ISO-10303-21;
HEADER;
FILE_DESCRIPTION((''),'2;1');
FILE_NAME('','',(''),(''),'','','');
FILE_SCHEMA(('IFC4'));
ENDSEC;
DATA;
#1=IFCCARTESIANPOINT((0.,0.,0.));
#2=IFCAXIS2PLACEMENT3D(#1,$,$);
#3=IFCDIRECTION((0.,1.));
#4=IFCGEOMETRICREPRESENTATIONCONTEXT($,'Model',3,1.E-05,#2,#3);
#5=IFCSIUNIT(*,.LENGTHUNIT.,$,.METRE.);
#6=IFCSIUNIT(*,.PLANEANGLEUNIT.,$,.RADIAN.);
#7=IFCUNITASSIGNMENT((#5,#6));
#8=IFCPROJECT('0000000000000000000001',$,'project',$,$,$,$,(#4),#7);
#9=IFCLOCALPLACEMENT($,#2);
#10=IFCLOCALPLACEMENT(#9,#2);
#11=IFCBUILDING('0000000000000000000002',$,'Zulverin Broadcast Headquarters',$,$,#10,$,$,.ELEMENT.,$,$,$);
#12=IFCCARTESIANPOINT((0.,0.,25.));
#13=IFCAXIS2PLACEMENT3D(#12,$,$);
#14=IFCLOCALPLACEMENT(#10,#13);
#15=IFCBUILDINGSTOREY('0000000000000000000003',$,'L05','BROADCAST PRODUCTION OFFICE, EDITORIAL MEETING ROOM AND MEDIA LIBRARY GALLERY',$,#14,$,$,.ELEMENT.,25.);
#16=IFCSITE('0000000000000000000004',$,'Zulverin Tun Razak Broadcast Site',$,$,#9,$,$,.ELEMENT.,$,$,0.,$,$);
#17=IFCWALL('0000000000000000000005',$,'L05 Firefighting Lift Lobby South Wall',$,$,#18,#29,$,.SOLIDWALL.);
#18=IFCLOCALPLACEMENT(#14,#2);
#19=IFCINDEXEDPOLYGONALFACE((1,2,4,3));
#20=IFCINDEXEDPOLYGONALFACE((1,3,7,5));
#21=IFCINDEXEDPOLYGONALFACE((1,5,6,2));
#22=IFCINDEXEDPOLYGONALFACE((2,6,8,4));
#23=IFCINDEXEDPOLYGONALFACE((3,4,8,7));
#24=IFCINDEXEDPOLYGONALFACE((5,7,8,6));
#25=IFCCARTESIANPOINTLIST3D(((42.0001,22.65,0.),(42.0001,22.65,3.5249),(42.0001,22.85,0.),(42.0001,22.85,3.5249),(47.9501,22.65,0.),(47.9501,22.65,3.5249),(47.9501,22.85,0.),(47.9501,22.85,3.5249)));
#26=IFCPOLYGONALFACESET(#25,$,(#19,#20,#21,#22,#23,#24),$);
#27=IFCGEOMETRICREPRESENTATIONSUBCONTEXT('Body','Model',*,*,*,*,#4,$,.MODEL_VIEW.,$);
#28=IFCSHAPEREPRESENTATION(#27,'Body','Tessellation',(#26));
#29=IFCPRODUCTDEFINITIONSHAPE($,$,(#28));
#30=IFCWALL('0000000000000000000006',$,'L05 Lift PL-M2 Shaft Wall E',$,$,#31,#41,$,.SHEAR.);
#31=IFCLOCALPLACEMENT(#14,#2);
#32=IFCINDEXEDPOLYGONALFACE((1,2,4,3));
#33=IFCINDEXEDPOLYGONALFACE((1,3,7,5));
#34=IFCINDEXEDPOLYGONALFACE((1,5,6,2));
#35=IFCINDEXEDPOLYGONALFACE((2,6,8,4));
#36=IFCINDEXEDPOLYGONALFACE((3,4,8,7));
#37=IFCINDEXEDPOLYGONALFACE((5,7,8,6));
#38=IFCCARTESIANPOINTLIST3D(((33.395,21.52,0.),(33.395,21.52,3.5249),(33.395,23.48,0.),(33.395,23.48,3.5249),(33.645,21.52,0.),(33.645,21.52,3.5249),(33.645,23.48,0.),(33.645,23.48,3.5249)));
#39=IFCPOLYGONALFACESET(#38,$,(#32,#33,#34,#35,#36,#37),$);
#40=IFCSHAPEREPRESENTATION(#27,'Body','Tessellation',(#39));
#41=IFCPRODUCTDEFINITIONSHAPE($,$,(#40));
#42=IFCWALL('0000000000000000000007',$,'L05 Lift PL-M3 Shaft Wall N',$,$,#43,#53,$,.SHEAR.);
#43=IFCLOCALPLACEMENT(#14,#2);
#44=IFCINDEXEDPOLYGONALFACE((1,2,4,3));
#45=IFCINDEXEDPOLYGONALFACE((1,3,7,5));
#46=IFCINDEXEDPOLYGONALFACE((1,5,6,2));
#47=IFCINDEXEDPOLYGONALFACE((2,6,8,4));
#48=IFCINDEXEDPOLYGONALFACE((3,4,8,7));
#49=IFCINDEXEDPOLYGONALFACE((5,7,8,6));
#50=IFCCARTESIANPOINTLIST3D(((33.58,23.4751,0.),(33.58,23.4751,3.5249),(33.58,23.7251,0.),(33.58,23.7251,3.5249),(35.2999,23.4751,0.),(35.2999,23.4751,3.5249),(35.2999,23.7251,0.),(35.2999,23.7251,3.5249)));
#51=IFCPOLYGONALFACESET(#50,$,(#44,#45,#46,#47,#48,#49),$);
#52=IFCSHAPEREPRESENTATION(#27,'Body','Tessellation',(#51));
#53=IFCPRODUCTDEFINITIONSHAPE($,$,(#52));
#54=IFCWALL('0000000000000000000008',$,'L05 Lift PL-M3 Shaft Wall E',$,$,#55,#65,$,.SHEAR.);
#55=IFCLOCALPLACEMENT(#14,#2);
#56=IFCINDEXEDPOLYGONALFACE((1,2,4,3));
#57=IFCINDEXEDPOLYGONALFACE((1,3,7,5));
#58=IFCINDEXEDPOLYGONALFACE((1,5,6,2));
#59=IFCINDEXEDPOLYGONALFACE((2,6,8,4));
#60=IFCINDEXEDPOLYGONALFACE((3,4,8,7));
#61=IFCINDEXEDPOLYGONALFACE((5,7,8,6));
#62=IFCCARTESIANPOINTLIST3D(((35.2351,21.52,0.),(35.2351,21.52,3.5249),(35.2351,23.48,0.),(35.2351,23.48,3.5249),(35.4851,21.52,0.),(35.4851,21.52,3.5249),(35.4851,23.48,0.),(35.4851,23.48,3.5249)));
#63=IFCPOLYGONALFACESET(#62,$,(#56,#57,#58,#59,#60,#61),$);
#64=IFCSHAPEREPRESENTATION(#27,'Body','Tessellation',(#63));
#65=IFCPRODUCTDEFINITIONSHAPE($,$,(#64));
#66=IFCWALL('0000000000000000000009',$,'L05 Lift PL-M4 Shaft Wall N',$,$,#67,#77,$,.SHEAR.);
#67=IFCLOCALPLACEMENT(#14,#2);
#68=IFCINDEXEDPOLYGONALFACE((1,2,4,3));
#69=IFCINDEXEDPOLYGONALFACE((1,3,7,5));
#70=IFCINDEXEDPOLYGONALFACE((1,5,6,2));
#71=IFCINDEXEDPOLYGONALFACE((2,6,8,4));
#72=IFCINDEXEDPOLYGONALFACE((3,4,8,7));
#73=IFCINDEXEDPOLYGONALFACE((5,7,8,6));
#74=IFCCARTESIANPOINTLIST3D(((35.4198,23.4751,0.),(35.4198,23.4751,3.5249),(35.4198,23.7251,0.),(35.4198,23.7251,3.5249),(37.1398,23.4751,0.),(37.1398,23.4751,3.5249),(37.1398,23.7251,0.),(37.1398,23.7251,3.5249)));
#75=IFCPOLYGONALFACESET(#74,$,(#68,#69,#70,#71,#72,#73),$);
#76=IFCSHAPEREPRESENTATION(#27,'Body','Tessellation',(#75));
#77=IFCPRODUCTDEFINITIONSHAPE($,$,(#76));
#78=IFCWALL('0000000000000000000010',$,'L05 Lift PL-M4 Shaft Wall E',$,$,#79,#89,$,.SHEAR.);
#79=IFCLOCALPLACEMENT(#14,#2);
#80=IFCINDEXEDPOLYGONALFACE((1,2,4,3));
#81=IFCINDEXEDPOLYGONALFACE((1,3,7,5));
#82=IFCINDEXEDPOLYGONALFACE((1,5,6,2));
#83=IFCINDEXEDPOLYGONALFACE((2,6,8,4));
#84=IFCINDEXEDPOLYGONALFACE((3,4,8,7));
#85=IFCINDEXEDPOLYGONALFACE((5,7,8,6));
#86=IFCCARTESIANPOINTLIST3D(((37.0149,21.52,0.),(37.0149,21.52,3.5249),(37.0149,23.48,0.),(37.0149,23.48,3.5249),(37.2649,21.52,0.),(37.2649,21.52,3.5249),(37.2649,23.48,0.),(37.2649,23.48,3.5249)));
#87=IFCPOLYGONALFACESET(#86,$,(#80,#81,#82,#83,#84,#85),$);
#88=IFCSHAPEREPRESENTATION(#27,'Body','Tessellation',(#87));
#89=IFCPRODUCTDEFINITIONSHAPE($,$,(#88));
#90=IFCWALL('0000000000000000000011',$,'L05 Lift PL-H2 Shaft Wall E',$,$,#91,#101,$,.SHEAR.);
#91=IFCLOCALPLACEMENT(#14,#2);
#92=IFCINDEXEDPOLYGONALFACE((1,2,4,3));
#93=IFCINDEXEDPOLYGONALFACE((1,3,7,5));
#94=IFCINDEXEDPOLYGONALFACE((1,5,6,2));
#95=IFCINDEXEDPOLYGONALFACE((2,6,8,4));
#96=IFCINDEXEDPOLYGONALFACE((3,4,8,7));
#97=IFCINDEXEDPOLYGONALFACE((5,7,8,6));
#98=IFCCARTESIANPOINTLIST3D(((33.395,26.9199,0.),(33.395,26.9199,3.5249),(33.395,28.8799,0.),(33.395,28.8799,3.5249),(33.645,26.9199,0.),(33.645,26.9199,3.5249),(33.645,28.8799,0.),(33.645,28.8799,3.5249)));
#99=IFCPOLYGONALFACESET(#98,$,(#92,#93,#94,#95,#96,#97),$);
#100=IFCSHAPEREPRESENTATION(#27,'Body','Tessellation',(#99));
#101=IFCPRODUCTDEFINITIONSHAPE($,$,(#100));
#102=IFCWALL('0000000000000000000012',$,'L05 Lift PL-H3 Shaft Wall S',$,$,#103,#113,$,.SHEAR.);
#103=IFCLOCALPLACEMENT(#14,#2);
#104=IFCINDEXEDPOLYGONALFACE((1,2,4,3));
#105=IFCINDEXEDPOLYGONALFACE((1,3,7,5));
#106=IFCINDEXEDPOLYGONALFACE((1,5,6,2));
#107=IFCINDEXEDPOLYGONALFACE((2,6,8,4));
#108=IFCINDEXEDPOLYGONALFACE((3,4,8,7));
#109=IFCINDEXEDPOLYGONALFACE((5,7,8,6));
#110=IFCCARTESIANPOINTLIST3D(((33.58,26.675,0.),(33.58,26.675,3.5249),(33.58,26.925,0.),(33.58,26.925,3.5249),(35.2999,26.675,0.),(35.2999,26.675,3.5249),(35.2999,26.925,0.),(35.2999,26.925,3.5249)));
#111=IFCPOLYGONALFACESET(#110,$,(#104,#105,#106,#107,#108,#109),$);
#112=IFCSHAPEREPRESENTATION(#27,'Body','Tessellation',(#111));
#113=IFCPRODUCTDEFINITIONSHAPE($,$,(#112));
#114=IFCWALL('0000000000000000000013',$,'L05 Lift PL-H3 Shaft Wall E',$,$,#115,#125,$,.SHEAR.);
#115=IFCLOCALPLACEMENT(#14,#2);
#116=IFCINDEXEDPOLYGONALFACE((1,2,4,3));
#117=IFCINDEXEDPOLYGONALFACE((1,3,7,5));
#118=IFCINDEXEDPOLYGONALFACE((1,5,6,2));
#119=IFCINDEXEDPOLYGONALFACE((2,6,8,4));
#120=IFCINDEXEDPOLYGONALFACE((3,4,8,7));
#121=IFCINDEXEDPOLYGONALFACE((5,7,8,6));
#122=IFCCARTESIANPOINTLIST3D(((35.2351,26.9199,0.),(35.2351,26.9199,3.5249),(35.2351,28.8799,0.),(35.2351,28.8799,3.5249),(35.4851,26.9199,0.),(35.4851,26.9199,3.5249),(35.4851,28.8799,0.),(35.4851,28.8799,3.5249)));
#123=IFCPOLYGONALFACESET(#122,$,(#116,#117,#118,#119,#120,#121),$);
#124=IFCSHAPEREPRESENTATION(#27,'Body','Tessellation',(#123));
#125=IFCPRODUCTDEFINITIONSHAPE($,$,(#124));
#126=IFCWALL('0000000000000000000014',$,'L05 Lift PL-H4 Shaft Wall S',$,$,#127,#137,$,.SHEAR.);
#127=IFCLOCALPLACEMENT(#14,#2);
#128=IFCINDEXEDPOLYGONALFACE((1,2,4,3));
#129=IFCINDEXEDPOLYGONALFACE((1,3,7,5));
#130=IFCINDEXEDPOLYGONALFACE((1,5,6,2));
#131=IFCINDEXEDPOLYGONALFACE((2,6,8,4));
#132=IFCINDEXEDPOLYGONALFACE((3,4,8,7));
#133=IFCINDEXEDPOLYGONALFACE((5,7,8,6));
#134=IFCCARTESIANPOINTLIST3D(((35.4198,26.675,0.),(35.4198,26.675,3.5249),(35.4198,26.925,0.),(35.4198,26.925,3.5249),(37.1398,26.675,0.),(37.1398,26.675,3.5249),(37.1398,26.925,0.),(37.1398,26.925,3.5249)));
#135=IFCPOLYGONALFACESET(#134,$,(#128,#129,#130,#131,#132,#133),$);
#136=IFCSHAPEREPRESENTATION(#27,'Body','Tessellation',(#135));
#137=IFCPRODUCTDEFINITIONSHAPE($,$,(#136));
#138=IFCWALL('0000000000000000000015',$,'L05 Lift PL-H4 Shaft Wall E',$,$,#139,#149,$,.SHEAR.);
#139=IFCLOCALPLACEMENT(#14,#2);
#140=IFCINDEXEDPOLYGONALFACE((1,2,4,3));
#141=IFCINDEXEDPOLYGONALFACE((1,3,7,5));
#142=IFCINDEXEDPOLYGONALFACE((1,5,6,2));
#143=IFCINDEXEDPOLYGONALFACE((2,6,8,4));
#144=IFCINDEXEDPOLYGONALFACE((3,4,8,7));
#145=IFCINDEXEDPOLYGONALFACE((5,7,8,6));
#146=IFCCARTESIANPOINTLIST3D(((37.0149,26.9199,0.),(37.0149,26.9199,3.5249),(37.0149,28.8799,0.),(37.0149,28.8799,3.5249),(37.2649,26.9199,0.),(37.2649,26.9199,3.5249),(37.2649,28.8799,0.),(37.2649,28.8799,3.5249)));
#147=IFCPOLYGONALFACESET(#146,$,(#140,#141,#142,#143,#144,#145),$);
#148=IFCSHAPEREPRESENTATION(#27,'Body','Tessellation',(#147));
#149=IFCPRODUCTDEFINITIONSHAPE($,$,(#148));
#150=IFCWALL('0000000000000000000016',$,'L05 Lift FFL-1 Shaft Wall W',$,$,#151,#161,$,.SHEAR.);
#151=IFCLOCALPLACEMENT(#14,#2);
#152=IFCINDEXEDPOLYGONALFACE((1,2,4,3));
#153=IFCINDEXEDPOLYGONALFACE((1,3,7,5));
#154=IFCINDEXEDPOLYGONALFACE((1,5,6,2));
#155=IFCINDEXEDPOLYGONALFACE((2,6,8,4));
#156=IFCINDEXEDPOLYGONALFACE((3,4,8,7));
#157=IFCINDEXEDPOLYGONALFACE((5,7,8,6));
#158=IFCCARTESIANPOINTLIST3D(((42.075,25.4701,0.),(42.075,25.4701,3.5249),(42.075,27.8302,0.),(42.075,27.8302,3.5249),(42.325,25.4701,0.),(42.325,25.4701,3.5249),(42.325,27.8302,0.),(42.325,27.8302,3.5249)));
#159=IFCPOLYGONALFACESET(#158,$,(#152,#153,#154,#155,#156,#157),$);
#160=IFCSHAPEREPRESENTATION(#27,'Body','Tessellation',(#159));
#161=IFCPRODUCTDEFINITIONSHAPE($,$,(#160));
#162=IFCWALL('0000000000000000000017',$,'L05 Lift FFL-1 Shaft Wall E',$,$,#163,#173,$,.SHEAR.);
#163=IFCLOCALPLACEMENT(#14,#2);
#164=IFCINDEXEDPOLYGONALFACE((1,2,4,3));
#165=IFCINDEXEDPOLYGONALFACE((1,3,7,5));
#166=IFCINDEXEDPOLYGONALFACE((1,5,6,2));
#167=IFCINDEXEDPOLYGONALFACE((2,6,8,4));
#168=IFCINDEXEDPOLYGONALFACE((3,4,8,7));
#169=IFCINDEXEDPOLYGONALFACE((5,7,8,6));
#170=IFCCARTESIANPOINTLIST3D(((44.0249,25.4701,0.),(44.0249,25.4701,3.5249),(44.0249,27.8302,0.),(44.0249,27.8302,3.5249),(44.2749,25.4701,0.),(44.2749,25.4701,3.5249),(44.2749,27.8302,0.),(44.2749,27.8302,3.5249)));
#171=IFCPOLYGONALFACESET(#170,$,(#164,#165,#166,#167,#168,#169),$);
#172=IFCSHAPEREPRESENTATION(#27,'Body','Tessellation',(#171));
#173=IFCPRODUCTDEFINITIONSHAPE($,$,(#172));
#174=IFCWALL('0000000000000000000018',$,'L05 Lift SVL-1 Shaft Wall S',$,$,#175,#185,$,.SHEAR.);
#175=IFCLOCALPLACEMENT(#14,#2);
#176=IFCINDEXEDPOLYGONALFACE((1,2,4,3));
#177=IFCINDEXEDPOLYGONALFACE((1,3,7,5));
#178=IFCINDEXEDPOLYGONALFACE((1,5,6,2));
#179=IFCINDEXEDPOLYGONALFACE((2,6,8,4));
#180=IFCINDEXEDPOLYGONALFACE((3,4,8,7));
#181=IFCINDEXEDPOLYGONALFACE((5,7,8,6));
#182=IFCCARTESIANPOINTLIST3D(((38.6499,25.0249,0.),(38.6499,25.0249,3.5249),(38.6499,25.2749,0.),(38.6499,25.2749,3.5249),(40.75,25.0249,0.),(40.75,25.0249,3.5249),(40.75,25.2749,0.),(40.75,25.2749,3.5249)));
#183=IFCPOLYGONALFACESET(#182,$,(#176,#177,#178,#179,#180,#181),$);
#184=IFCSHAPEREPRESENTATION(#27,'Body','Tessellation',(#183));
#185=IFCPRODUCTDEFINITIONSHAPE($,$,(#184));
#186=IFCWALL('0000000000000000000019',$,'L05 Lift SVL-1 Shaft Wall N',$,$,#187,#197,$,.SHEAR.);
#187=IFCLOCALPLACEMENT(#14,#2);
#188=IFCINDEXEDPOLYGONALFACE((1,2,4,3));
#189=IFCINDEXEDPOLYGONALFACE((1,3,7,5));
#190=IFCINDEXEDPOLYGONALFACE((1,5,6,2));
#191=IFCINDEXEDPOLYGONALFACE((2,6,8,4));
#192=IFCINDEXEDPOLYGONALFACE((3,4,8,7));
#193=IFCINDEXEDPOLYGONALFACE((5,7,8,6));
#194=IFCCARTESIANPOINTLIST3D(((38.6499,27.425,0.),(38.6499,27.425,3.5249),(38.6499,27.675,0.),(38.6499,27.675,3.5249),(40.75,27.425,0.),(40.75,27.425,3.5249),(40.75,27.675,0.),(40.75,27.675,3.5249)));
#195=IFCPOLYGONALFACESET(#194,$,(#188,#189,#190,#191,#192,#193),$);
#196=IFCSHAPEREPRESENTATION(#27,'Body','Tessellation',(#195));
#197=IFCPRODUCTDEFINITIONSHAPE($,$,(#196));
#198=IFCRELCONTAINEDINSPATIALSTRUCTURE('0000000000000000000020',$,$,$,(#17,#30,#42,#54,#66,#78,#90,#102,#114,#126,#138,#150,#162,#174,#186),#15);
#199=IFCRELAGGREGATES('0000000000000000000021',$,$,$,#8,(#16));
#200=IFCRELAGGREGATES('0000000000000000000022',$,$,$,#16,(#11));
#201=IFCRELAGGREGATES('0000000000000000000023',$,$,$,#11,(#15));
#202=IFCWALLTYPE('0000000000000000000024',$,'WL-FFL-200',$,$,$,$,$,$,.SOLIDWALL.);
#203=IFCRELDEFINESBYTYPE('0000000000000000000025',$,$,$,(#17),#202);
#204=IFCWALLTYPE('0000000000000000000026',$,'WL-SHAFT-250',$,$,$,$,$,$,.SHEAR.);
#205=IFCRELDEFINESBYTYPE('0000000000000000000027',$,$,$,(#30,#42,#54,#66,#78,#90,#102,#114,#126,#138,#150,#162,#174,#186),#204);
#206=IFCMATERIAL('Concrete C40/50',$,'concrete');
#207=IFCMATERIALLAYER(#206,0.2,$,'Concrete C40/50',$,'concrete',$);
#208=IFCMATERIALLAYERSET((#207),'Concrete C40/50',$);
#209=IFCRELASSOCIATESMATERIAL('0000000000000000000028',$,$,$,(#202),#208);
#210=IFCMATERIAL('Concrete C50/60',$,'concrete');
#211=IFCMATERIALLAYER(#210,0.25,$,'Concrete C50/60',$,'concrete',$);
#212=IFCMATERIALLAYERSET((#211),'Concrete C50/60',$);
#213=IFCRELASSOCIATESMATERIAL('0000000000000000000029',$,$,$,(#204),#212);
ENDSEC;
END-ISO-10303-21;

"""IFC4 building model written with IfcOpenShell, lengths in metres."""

from ifc_helpers import new_model, si_unit, direction, frame, frame_2d, origin, place, context, subcontext, project, spatial, rectangle, extrude, material, layer, layer_set, type_object, element, save


model = new_model("IFC4")

# Units and contexts
model_context = context("Model", 3, precision=1e-05, world=origin(), true_north=direction((0.0, 1.0)))
body_context = subcontext(model_context, "Body", "Model", "MODEL_VIEW")
ifc_project = project(units=[si_unit("LENGTHUNIT", "METRE"), si_unit("PLANEANGLEUNIT", "RADIAN")], contexts=[model_context])

# Site, building, storey
site_placement = place(None, origin())
site = spatial("IfcSite", under=ifc_project, at=site_placement, Name="Zulverin Tun Razak Broadcast Site", CompositionType="ELEMENT", RefElevation=0.0)
building_placement = place(site_placement, origin())
building = spatial("IfcBuilding", under=site, at=building_placement, Name="Zulverin Broadcast Headquarters", CompositionType="ELEMENT")
storey_placement = place(building_placement, frame((0.0, 0.0, 25.0)))
storey = spatial("IfcBuildingStorey", under=building, at=storey_placement, Name="L05", Description="BROADCAST PRODUCTION OFFICE, EDITORIAL MEETING ROOM AND MEDIA LIBRARY GALLERY", CompositionType="ELEMENT", Elevation=25.0)

# Shared definitions
ifc_material_1 = material(Name="Concrete C40/50", Category="concrete")
ifc_layer_1 = layer(ifc_material_1, 0.2, Name="Concrete C40/50", Category="concrete")
ifc_layer_set_1 = layer_set([ifc_layer_1], Name="Concrete C40/50")
wall_type_1 = type_object("IfcWallType", Name="WL-FFL-200", PredefinedType="SOLIDWALL", material=ifc_layer_set_1)

# Wall
wall_1_placement = place(storey_placement, frame((42.0, 22.75, 0.0), z_axis=(0.0, 0.0, 1.0), x_axis=(1.0, 0.0, 0.0)))
element("IfcWall", 1, at=wall_1_placement, inside=storey, type_object=wall_type_1, Name="L05 Firefighting Lift Lobby South Wall", PredefinedType="SOLIDWALL", context=body_context, shape_type="SweptSolid", body=[
    extrude(rectangle(XDim=5.95, YDim=0.2, at=frame_2d((2.9751, 0.0))), origin(), (0.0, 0.0, 1.0), 3.5249),
])

# Walls
ifc_material_2 = material(Name="Concrete C50/60", Category="concrete")
ifc_layer_2 = layer(ifc_material_2, 0.25, Name="Concrete C50/60", Category="concrete")
ifc_layer_set_2 = layer_set([ifc_layer_2], Name="Concrete C50/60")
wall_type_2 = type_object("IfcWallType", Name="WL-SHAFT-250", PredefinedType="SHEAR", material=ifc_layer_set_2)
wall_2_placement = place(storey_placement, frame((33.52, 21.52, 0.0), z_axis=(0.0, 0.0, 1.0), x_axis=(0.0, 1.0, 0.0)))
element("IfcWall", 2, at=wall_2_placement, inside=storey, type_object=wall_type_2, Name="L05 Lift PL-M2 Shaft Wall E", PredefinedType="SHEAR", context=body_context, shape_type="SweptSolid", body=[
    extrude(rectangle(XDim=1.96, YDim=0.25, at=frame_2d((0.98, 0.0))), origin(), (0.0, 0.0, 1.0), 3.5249),
])
wall_3_placement = place(storey_placement, frame((33.5801, 23.6001, 0.0), z_axis=(0.0, 0.0, 1.0), x_axis=(1.0, 0.0, 0.0)))
element("IfcWall", 3, at=wall_3_placement, inside=storey, type_object=wall_type_2, Name="L05 Lift PL-M3 Shaft Wall N", PredefinedType="SHEAR", context=body_context, shape_type="SweptSolid", body=[
    extrude(rectangle(XDim=1.72, YDim=0.25, at=frame_2d((0.8599, 0.0))), origin(), (0.0, 0.0, 1.0), 3.5249),
])
wall_4_placement = place(storey_placement, frame((35.3601, 21.52, 0.0), z_axis=(0.0, 0.0, 1.0), x_axis=(0.0, 1.0, 0.0)))
element("IfcWall", 4, at=wall_4_placement, inside=storey, type_object=wall_type_2, Name="L05 Lift PL-M3 Shaft Wall E", PredefinedType="SHEAR", context=body_context, shape_type="SweptSolid", body=[
    extrude(rectangle(XDim=1.96, YDim=0.25, at=frame_2d((0.98, 0.0))), origin(), (0.0, 0.0, 1.0), 3.5249),
])
wall_5_placement = place(storey_placement, frame((35.4199, 23.6001, 0.0), z_axis=(0.0, 0.0, 1.0), x_axis=(1.0, 0.0, 0.0)))
element("IfcWall", 5, at=wall_5_placement, inside=storey, type_object=wall_type_2, Name="L05 Lift PL-M4 Shaft Wall N", PredefinedType="SHEAR", context=body_context, shape_type="SweptSolid", body=[
    extrude(rectangle(XDim=1.72, YDim=0.25, at=frame_2d((0.8599, 0.0))), origin(), (0.0, 0.0, 1.0), 3.5249),
])
for number, where, z_axis, x_axis, name in (
    (6, (37.1399, 21.52, 0.0), (0.0, 0.0, 1.0), (0.0, 1.0, 0.0), "L05 Lift PL-M4 Shaft Wall E"),
    (7, (33.52, 26.9199, 0.0), (0.0, 0.0, 1.0), (0.0, 1.0, 0.0), "L05 Lift PL-H2 Shaft Wall E"),
):
    element("IfcWall", number, at=place(storey_placement, frame(where, z_axis=z_axis, x_axis=x_axis)), inside=storey, type_object=wall_type_2, Name=name, PredefinedType="SHEAR", context=body_context, shape_type="SweptSolid", body=[
        extrude(rectangle(XDim=1.96, YDim=0.25, at=frame_2d((0.98, 0.0))), origin(), (0.0, 0.0, 1.0), 3.5249),
    ])
wall_6_placement = place(storey_placement, frame((33.5801, 26.8, 0.0), z_axis=(0.0, 0.0, 1.0), x_axis=(1.0, 0.0, 0.0)))
element("IfcWall", 8, at=wall_6_placement, inside=storey, type_object=wall_type_2, Name="L05 Lift PL-H3 Shaft Wall S", PredefinedType="SHEAR", context=body_context, shape_type="SweptSolid", body=[
    extrude(rectangle(XDim=1.72, YDim=0.25, at=frame_2d((0.8599, 0.0))), origin(), (0.0, 0.0, 1.0), 3.5249),
])
wall_7_placement = place(storey_placement, frame((35.3601, 26.9199, 0.0), z_axis=(0.0, 0.0, 1.0), x_axis=(0.0, 1.0, 0.0)))
element("IfcWall", 9, at=wall_7_placement, inside=storey, type_object=wall_type_2, Name="L05 Lift PL-H3 Shaft Wall E", PredefinedType="SHEAR", context=body_context, shape_type="SweptSolid", body=[
    extrude(rectangle(XDim=1.96, YDim=0.25, at=frame_2d((0.98, 0.0))), origin(), (0.0, 0.0, 1.0), 3.5249),
])
wall_8_placement = place(storey_placement, frame((35.4199, 26.8, 0.0), z_axis=(0.0, 0.0, 1.0), x_axis=(1.0, 0.0, 0.0)))
element("IfcWall", 10, at=wall_8_placement, inside=storey, type_object=wall_type_2, Name="L05 Lift PL-H4 Shaft Wall S", PredefinedType="SHEAR", context=body_context, shape_type="SweptSolid", body=[
    extrude(rectangle(XDim=1.72, YDim=0.25, at=frame_2d((0.8599, 0.0))), origin(), (0.0, 0.0, 1.0), 3.5249),
])
wall_9_placement = place(storey_placement, frame((37.1399, 26.9199, 0.0), z_axis=(0.0, 0.0, 1.0), x_axis=(0.0, 1.0, 0.0)))
element("IfcWall", 11, at=wall_9_placement, inside=storey, type_object=wall_type_2, Name="L05 Lift PL-H4 Shaft Wall E", PredefinedType="SHEAR", context=body_context, shape_type="SweptSolid", body=[
    extrude(rectangle(XDim=1.96, YDim=0.25, at=frame_2d((0.98, 0.0))), origin(), (0.0, 0.0, 1.0), 3.5249),
])

# Walls
for number, where, z_axis, x_axis, name in (
    (12, (42.2, 25.47, 0.0), (0.0, 0.0, 1.0), (0.0, 1.0, 0.0), "L05 Lift FFL-1 Shaft Wall W"),
    (13, (44.1499, 25.47, 0.0), (0.0, 0.0, 1.0), (0.0, 1.0, 0.0), "L05 Lift FFL-1 Shaft Wall E"),
):
    element("IfcWall", number, at=place(storey_placement, frame(where, z_axis=z_axis, x_axis=x_axis)), inside=storey, type_object=wall_type_2, Name=name, PredefinedType="SHEAR", context=body_context, shape_type="SweptSolid", body=[
        extrude(rectangle(XDim=2.3601, YDim=0.25, at=frame_2d((1.1802, 0.0))), origin(), (0.0, 0.0, 1.0), 3.5249),
    ])
for number, where, z_axis, x_axis, name in (
    (14, (38.6499, 25.1499, 0.0), (0.0, 0.0, 1.0), (1.0, 0.0, 0.0), "L05 Lift SVL-1 Shaft Wall S"),
    (15, (38.6499, 27.55, 0.0), (0.0, 0.0, 1.0), (1.0, 0.0, 0.0), "L05 Lift SVL-1 Shaft Wall N"),
):
    element("IfcWall", number, at=place(storey_placement, frame(where, z_axis=z_axis, x_axis=x_axis)), inside=storey, type_object=wall_type_2, Name=name, PredefinedType="SHEAR", context=body_context, shape_type="SweptSolid", body=[
        extrude(rectangle(XDim=2.1001, YDim=0.25, at=frame_2d((1.05, 0.0))), origin(), (0.0, 0.0, 1.0), 3.5249),
    ])

save(model, "model.ifc")
